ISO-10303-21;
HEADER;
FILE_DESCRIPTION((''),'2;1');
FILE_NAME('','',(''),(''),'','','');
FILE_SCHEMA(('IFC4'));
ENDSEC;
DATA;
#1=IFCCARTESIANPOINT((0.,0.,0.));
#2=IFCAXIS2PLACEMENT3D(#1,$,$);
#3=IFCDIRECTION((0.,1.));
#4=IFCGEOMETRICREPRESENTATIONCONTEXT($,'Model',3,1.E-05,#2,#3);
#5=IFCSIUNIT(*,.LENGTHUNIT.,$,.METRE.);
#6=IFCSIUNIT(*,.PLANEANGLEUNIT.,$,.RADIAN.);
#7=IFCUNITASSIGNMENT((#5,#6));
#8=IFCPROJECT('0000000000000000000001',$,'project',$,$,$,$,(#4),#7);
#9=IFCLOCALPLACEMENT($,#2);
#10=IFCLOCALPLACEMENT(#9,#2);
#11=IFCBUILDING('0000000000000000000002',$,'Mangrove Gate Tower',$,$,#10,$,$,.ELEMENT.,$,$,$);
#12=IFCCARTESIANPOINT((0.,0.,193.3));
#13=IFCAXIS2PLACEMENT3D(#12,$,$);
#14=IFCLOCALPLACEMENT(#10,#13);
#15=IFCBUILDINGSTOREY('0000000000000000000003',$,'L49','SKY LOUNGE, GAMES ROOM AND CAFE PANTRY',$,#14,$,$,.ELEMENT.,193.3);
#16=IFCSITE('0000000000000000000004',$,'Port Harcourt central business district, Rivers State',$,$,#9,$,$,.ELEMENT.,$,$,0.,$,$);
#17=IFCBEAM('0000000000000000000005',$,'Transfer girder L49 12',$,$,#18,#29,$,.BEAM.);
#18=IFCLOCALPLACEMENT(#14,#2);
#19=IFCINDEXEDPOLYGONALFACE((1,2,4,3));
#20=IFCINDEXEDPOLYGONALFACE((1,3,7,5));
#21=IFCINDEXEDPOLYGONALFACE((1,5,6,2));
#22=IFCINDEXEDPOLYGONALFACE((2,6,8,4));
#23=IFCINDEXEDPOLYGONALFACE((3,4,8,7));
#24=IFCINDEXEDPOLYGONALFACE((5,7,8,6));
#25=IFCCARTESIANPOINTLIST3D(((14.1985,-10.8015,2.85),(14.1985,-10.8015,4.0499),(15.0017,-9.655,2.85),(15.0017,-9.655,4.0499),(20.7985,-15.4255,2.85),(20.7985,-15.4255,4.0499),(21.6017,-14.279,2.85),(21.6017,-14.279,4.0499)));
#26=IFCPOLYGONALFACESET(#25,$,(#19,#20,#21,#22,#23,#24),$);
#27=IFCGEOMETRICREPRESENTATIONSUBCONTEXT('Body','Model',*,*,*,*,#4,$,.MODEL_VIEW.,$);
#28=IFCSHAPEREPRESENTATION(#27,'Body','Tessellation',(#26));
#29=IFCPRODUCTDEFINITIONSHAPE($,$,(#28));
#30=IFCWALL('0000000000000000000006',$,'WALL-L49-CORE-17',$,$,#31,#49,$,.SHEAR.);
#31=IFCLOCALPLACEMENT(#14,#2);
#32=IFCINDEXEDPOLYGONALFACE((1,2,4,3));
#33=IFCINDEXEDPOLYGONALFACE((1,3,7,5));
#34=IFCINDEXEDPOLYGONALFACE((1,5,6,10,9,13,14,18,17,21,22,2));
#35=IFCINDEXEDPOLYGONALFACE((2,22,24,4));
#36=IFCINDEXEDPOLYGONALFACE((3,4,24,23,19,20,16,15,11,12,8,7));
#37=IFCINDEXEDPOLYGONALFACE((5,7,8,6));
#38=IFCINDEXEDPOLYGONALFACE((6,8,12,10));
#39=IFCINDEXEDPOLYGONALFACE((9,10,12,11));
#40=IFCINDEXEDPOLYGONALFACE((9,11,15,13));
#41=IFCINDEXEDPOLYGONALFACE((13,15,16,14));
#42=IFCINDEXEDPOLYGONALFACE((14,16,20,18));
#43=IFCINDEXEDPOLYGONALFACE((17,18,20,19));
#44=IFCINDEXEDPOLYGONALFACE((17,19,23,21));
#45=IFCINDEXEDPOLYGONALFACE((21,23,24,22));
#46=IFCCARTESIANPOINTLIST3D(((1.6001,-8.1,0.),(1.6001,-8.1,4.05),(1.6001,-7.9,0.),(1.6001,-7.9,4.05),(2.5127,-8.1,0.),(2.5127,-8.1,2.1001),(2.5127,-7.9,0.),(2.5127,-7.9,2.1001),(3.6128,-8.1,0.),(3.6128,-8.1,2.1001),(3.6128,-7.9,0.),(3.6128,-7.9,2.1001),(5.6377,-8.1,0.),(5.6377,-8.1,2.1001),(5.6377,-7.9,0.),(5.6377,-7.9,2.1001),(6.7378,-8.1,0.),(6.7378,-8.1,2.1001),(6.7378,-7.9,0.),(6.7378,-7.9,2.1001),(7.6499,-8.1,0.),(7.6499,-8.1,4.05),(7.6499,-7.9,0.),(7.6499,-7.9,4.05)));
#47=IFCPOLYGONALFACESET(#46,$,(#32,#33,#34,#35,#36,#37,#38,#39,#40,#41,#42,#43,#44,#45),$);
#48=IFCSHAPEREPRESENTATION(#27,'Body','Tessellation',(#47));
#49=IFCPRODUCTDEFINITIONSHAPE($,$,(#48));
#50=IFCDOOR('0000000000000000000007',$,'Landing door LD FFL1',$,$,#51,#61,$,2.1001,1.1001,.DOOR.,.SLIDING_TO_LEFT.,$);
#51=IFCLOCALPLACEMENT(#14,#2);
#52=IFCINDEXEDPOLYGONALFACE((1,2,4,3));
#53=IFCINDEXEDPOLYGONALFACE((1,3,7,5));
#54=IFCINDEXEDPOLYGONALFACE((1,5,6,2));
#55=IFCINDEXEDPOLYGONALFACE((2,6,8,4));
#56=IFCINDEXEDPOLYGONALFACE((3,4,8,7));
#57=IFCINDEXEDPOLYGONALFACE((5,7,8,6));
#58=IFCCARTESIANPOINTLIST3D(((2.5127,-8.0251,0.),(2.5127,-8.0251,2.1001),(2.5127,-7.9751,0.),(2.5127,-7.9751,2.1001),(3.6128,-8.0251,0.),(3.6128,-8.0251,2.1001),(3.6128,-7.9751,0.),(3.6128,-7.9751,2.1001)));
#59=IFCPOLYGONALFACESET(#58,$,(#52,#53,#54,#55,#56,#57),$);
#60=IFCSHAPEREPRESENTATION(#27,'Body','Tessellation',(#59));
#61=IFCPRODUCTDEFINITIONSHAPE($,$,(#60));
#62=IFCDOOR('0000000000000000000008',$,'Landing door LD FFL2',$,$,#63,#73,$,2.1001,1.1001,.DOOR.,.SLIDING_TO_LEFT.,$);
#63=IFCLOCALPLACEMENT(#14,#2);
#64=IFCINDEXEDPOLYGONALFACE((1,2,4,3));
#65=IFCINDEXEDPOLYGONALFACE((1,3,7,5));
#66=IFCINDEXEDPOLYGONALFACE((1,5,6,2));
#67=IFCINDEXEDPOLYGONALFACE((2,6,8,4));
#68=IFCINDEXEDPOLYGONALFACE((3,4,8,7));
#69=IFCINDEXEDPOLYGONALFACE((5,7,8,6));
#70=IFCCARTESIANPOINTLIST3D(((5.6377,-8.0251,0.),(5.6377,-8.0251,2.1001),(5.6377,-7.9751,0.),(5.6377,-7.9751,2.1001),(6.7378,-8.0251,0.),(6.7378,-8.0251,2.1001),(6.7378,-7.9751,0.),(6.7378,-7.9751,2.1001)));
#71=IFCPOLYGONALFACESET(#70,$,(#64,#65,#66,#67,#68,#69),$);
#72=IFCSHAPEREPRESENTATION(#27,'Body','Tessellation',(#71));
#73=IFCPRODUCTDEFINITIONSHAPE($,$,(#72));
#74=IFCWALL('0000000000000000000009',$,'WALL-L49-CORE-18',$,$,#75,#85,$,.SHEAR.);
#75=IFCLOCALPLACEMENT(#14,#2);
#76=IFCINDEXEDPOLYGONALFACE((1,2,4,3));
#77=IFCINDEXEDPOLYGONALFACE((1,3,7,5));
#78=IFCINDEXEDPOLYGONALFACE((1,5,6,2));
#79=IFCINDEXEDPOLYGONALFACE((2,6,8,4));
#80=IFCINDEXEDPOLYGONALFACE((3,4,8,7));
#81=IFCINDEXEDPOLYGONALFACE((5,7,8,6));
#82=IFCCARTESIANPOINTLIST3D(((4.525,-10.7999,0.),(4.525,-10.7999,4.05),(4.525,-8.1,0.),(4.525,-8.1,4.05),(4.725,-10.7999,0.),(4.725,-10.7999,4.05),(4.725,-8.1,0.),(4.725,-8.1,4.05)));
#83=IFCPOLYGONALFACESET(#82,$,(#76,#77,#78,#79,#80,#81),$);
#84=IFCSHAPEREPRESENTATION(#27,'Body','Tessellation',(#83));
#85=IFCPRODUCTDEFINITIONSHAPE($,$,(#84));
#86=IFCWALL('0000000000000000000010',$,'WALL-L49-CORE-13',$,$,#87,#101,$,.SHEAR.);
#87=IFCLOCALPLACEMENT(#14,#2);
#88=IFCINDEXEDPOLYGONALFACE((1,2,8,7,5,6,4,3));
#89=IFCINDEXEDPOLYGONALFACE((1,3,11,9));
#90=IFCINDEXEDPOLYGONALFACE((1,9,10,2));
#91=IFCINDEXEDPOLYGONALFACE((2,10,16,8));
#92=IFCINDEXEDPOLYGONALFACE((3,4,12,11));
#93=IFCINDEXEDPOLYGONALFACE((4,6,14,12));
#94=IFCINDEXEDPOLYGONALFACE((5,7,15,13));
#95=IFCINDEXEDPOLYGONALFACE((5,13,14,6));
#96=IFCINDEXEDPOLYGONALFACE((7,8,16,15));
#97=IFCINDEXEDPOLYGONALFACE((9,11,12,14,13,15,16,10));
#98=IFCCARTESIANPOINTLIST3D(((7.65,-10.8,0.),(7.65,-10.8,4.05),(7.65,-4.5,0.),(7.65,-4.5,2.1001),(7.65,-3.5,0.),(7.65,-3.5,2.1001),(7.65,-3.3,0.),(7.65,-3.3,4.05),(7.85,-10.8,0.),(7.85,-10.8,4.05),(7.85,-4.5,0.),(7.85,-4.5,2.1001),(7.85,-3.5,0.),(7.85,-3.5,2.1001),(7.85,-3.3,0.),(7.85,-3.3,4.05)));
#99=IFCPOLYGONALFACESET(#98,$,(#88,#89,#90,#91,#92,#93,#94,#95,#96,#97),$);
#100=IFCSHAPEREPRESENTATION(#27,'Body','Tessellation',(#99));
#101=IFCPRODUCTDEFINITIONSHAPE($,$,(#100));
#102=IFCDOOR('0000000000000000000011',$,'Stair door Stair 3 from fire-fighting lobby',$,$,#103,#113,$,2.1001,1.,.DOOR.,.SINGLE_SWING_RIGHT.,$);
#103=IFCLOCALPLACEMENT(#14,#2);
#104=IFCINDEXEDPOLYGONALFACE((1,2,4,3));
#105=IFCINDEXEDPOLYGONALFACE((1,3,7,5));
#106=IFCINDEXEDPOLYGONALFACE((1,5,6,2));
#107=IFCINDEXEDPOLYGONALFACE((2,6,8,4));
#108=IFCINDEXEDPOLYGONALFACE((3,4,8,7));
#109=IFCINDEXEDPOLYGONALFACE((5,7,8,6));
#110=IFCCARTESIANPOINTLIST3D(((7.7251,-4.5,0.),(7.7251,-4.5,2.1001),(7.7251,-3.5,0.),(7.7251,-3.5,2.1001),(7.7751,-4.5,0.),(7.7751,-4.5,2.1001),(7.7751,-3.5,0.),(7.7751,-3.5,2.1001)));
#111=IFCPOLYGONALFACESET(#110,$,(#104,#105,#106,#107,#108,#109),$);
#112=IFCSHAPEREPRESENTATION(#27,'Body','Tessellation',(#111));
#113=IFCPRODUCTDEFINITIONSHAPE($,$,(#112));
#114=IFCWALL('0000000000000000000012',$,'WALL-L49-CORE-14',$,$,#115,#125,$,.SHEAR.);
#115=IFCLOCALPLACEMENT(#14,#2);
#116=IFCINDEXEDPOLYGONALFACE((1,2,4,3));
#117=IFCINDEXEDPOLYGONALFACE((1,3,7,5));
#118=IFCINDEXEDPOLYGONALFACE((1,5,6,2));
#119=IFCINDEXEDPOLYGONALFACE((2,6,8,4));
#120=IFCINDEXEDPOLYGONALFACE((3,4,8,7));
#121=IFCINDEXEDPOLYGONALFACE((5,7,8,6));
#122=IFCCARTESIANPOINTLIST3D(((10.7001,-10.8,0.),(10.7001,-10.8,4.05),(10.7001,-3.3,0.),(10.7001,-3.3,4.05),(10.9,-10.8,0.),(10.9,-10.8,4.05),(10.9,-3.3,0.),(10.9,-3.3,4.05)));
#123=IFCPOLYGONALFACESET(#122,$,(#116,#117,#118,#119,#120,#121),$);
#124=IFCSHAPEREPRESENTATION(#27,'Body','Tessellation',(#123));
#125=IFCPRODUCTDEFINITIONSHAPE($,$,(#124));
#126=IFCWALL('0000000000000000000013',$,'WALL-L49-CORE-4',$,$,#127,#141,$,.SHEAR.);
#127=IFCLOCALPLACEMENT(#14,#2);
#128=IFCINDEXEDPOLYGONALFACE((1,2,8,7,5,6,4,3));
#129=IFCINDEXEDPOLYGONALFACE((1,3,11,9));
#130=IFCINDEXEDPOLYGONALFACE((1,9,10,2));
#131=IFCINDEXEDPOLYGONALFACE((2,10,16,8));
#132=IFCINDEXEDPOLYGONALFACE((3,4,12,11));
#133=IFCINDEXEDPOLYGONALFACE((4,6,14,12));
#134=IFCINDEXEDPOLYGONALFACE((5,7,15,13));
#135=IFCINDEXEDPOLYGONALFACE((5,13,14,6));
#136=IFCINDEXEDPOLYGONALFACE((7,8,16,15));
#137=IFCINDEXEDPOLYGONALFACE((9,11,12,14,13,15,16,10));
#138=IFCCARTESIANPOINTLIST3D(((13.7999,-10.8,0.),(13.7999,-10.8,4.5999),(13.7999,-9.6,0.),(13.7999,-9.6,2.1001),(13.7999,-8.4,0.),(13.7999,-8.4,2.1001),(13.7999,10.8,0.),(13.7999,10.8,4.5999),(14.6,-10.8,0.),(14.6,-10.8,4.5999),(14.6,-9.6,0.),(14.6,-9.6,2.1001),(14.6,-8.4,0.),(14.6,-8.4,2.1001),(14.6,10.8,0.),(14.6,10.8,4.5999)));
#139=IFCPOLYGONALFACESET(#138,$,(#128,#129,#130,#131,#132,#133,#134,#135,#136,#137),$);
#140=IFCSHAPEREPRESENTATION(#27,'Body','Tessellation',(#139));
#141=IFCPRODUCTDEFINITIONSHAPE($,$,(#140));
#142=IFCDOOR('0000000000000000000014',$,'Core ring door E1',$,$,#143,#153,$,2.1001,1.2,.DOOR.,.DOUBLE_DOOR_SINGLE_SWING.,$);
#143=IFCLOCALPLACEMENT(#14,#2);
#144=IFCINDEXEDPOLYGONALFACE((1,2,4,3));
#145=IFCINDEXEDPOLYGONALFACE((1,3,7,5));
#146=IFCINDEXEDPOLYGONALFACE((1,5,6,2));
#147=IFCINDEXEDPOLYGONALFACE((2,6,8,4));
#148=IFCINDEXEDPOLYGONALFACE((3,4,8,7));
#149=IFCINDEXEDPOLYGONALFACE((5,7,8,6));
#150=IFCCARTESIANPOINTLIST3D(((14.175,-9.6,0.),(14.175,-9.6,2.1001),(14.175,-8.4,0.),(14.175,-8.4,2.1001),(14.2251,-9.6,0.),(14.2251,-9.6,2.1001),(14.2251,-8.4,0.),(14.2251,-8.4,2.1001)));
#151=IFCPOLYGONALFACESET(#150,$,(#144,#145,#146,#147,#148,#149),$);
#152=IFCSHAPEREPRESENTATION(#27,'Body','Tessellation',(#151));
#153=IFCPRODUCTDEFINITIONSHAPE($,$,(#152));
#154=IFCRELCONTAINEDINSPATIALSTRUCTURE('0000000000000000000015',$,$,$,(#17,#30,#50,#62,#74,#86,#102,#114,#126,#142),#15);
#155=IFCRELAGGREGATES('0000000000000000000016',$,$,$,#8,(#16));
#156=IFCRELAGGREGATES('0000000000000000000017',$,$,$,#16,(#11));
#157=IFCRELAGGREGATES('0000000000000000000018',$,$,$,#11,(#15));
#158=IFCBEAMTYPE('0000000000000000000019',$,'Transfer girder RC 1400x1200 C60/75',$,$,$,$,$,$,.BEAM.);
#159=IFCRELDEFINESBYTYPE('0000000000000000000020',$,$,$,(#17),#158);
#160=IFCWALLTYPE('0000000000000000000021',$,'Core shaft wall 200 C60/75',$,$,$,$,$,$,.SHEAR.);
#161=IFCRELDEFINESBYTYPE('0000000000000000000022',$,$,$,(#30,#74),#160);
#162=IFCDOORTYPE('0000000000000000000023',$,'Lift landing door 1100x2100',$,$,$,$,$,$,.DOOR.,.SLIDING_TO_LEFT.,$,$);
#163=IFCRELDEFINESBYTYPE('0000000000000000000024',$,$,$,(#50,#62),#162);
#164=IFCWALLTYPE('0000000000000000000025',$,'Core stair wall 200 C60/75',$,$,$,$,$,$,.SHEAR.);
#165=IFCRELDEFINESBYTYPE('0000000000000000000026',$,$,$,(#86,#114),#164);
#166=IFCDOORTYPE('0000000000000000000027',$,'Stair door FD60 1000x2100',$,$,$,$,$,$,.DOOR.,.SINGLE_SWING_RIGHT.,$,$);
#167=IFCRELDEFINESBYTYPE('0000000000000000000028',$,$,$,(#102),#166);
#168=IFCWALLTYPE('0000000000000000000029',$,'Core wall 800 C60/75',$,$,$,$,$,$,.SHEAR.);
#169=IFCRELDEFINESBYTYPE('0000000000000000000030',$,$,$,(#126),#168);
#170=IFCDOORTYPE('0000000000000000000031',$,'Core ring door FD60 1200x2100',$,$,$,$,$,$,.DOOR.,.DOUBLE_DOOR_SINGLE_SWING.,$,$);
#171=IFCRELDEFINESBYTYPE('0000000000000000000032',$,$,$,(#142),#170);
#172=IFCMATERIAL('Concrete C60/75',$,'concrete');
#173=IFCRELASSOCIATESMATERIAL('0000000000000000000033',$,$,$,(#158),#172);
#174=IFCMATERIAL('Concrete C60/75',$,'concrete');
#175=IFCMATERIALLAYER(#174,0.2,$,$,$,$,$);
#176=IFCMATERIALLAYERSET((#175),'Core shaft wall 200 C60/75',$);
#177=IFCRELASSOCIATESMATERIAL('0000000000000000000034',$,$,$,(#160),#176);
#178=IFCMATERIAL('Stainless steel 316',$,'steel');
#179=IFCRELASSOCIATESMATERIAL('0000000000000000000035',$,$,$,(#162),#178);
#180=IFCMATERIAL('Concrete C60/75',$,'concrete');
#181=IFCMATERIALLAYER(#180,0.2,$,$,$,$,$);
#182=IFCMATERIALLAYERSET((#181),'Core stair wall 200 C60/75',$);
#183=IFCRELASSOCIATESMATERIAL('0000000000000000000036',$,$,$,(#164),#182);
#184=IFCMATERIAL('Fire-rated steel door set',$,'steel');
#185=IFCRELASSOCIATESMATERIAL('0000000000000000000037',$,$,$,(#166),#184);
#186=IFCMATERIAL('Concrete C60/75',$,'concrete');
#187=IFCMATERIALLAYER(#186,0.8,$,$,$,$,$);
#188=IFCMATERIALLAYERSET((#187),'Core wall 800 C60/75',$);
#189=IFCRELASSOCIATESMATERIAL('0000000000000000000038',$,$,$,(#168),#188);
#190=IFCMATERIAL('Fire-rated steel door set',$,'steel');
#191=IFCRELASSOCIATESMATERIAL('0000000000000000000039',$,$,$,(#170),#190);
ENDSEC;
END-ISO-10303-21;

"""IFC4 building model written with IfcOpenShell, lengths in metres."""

from ifc_helpers import new_model, si_unit, direction, frame, frame_2d, origin, origin_2d, place, context, subcontext, project, spatial, rectangle, extrude, material, layer, layer_set, material_profile, profile_set, type_object, element, fill, save


model = new_model("IFC4")

# Units and contexts
model_context = context("Model", 3, precision=1e-05, world=origin(), true_north=direction((0.0, 1.0)))
body_context = subcontext(model_context, "Body", "Model", "MODEL_VIEW")
ifc_project = project(units=[si_unit("LENGTHUNIT", "METRE"), si_unit("PLANEANGLEUNIT", "RADIAN")], contexts=[model_context])

# Site, building, storey
site_placement = place(None, origin())
site = spatial("IfcSite", under=ifc_project, at=site_placement, Name="Port Harcourt central business district, Rivers State", CompositionType="ELEMENT", RefElevation=0.0)
building_placement = place(site_placement, origin())
building = spatial("IfcBuilding", under=site, at=building_placement, Name="Mangrove Gate Tower", CompositionType="ELEMENT")
storey_placement = place(building_placement, frame((0.0, 0.0, 193.3)))
storey = spatial("IfcBuildingStorey", under=building, at=storey_placement, Name="L49", Description="SKY LOUNGE, GAMES ROOM AND CAFE PANTRY", CompositionType="ELEMENT", Elevation=193.3)

# Beam
ifc_material_1 = material(Name="Concrete C60/75", Category="concrete")
ifc_material_profile = material_profile(ifc_material_1, rectangle(XDim=1.3999, YDim=1.2, at=origin_2d()))
ifc_profile_set = profile_set([ifc_material_profile], Name="Concrete C60/75")
beam_type = type_object("IfcBeamType", Name="Transfer girder RC 1400x1200 C60/75", PredefinedType="BEAM", material=ifc_profile_set)
beam_placement = place(storey_placement, frame((14.6001, -10.2283, 3.45), z_axis=(0.819001, -0.573792, 0.0), x_axis=(0.573792, 0.819001, 0.0)))
element("IfcBeam", 1, at=beam_placement, inside=storey, type_object=beam_type, Name="Transfer girder L49 12", PredefinedType="BEAM", context=body_context, shape_type="SweptSolid", body=[
    extrude(rectangle(XDim=1.3999, YDim=1.2, at=origin_2d()), origin(), (0.0, 0.0, 1.0), 8.0586),
])

# Wall, openings, doors
ifc_material_2 = material(Name="Concrete C60/75", Category="concrete")
ifc_layer_1 = layer(ifc_material_2, 0.2)
ifc_layer_set_1 = layer_set([ifc_layer_1], Name="Core shaft wall 200 C60/75")
wall_type_1 = type_object("IfcWallType", Name="Core shaft wall 200 C60/75", PredefinedType="SHEAR", material=ifc_layer_set_1)
wall_1_placement = place(storey_placement, frame((1.6001, -8.0, 0.0), z_axis=(0.0, 0.0, 1.0), x_axis=(1.0, 0.0, 0.0)))
wall_1 = element("IfcWall", 2, at=wall_1_placement, inside=storey, type_object=wall_type_1, Name="WALL-L49-CORE-17", PredefinedType="SHEAR", context=body_context, shape_type="SweptSolid", body=[
    extrude(rectangle(XDim=6.0498, YDim=0.2, at=frame_2d((3.0249, 0.0))), origin(), (0.0, 0.0, 1.0), 4.05),
])
opening_1_placement = place(wall_1_placement, frame((0.9126, 0.0, 0.0)))
opening_1 = element("IfcOpeningElement", 3, at=opening_1_placement, cuts=wall_1, PredefinedType="OPENING", context=body_context, shape_type="SweptSolid", body=[
    extrude(rectangle(XDim=1.1001, YDim=2.1001, at=frame_2d((0.55, 1.05))), frame((0.0, 0.1099, 0.0), z_axis=(0.0, -1.0, 0.0), x_axis=(1.0, 0.0, 0.0)), (0.0, 0.0, 1.0), 0.22),
])
opening_2_placement = place(wall_1_placement, frame((4.0376, 0.0, 0.0)))
opening_2 = element("IfcOpeningElement", 4, at=opening_2_placement, cuts=wall_1, PredefinedType="OPENING", context=body_context, shape_type="SweptSolid", body=[
    extrude(rectangle(XDim=1.1001, YDim=2.1001, at=frame_2d((0.55, 1.05))), frame((0.0, 0.1099, 0.0), z_axis=(0.0, -1.0, 0.0), x_axis=(1.0, 0.0, 0.0)), (0.0, 0.0, 1.0), 0.22),
])
ifc_material_3 = material(Name="Stainless steel 316", Category="steel")
door_type_1 = type_object("IfcDoorType", Name="Lift landing door 1100x2100", OperationType="SLIDING_TO_LEFT", PredefinedType="DOOR", material=ifc_material_3)
door_1_placement = place(opening_1_placement, origin())
door_1 = element("IfcDoor", 5, at=door_1_placement, inside=storey, type_object=door_type_1, Name="Landing door LD FFL1", OperationType="SLIDING_TO_LEFT", OverallHeight=2.1001, OverallWidth=1.1001, PredefinedType="DOOR", context=body_context, shape_type="SweptSolid", body=[
    extrude(rectangle(XDim=1.1001, YDim=2.1001, at=frame_2d((0.55, 1.05))), frame((0.0, 0.0249, 0.0), z_axis=(0.0, -1.0, 0.0), x_axis=(1.0, 0.0, 0.0)), (0.0, 0.0, 1.0), 0.05),
])
fill(opening_1, door_1)
door_2_placement = place(opening_2_placement, origin())
door_2 = element("IfcDoor", 6, at=door_2_placement, inside=storey, type_object=door_type_1, Name="Landing door LD FFL2", OperationType="SLIDING_TO_LEFT", OverallHeight=2.1001, OverallWidth=1.1001, PredefinedType="DOOR", context=body_context, shape_type="SweptSolid", body=[
    extrude(rectangle(XDim=1.1001, YDim=2.1001, at=frame_2d((0.55, 1.05))), frame((0.0, 0.0249, 0.0), z_axis=(0.0, -1.0, 0.0), x_axis=(1.0, 0.0, 0.0)), (0.0, 0.0, 1.0), 0.05),
])
fill(opening_2, door_2)

# Wall
wall_2_placement = place(storey_placement, frame((4.625, -10.8, 0.0), z_axis=(0.0, 0.0, 1.0), x_axis=(0.0, 1.0, 0.0)))
element("IfcWall", 7, at=wall_2_placement, inside=storey, type_object=wall_type_1, Name="WALL-L49-CORE-18", PredefinedType="SHEAR", context=body_context, shape_type="SweptSolid", body=[
    extrude(rectangle(XDim=2.7, YDim=0.2, at=frame_2d((1.3501, 0.0))), origin(), (0.0, 0.0, 1.0), 4.05),
])

# Wall, opening, door
ifc_material_4 = material(Name="Concrete C60/75", Category="concrete")
ifc_layer_2 = layer(ifc_material_4, 0.2)
ifc_layer_set_2 = layer_set([ifc_layer_2], Name="Core stair wall 200 C60/75")
wall_type_2 = type_object("IfcWallType", Name="Core stair wall 200 C60/75", PredefinedType="SHEAR", material=ifc_layer_set_2)
wall_3_placement = place(storey_placement, frame((7.75, -10.8, 0.0), z_axis=(0.0, 0.0, 1.0), x_axis=(0.0, 1.0, 0.0)))
wall_3 = element("IfcWall", 8, at=wall_3_placement, inside=storey, type_object=wall_type_2, Name="WALL-L49-CORE-13", PredefinedType="SHEAR", context=body_context, shape_type="SweptSolid", body=[
    extrude(rectangle(XDim=7.5, YDim=0.2, at=frame_2d((3.75, 0.0))), origin(), (0.0, 0.0, 1.0), 4.05),
])
opening_3_placement = place(wall_3_placement, frame((6.3, 0.0, 0.0)))
opening_3 = element("IfcOpeningElement", 9, at=opening_3_placement, cuts=wall_3, PredefinedType="OPENING", context=body_context, shape_type="SweptSolid", body=[
    extrude(rectangle(XDim=1.0, YDim=2.1001, at=frame_2d((0.5, 1.05))), frame((0.0, 0.1099, 0.0), z_axis=(0.0, -1.0, 0.0), x_axis=(1.0, 0.0, 0.0)), (0.0, 0.0, 1.0), 0.22),
])
ifc_material_5 = material(Name="Fire-rated steel door set", Category="steel")
door_type_2 = type_object("IfcDoorType", Name="Stair door FD60 1000x2100", OperationType="SINGLE_SWING_RIGHT", PredefinedType="DOOR", material=ifc_material_5)
door_3_placement = place(opening_3_placement, origin())
door_3 = element("IfcDoor", 10, at=door_3_placement, inside=storey, type_object=door_type_2, Name="Stair door Stair 3 from fire-fighting lobby", OperationType="SINGLE_SWING_RIGHT", OverallHeight=2.1001, OverallWidth=1.0, PredefinedType="DOOR", context=body_context, shape_type="SweptSolid", body=[
    extrude(rectangle(XDim=1.0, YDim=2.1001, at=frame_2d((0.5, 1.05))), frame((0.0, 0.0249, 0.0), z_axis=(0.0, -1.0, 0.0), x_axis=(1.0, 0.0, 0.0)), (0.0, 0.0, 1.0), 0.05),
])
fill(opening_3, door_3)

# Wall
wall_4_placement = place(storey_placement, frame((10.8, -10.8, 0.0), z_axis=(0.0, 0.0, 1.0), x_axis=(0.0, 1.0, 0.0)))
element("IfcWall", 11, at=wall_4_placement, inside=storey, type_object=wall_type_2, Name="WALL-L49-CORE-14", PredefinedType="SHEAR", context=body_context, shape_type="SweptSolid", body=[
    extrude(rectangle(XDim=7.5, YDim=0.2, at=frame_2d((3.75, 0.0))), origin(), (0.0, 0.0, 1.0), 4.05),
])

# Wall, opening, door
ifc_material_6 = material(Name="Concrete C60/75", Category="concrete")
ifc_layer_3 = layer(ifc_material_6, 0.8)
ifc_layer_set_3 = layer_set([ifc_layer_3], Name="Core wall 800 C60/75")
wall_type_3 = type_object("IfcWallType", Name="Core wall 800 C60/75", PredefinedType="SHEAR", material=ifc_layer_set_3)
wall_5_placement = place(storey_placement, frame((14.2, -10.8, 0.0), z_axis=(0.0, 0.0, 1.0), x_axis=(0.0, 1.0, 0.0)))
wall_5 = element("IfcWall", 12, at=wall_5_placement, inside=storey, type_object=wall_type_3, Name="WALL-L49-CORE-4", PredefinedType="SHEAR", context=body_context, shape_type="SweptSolid", body=[
    extrude(rectangle(XDim=21.6001, YDim=0.8, at=frame_2d((10.8, 0.0))), origin(), (0.0, 0.0, 1.0), 4.5999),
])
opening_4_placement = place(wall_5_placement, frame((1.2, 0.0, 0.0)))
opening_4 = element("IfcOpeningElement", 13, at=opening_4_placement, cuts=wall_5, PredefinedType="OPENING", context=body_context, shape_type="SweptSolid", body=[
    extrude(rectangle(XDim=1.2, YDim=2.1001, at=frame_2d((0.6001, 1.05))), frame((0.0, 0.4099, 0.0), z_axis=(0.0, -1.0, 0.0), x_axis=(1.0, 0.0, 0.0)), (0.0, 0.0, 1.0), 0.8201),
])
ifc_material_7 = material(Name="Fire-rated steel door set", Category="steel")
door_type_3 = type_object("IfcDoorType", Name="Core ring door FD60 1200x2100", OperationType="DOUBLE_DOOR_SINGLE_SWING", PredefinedType="DOOR", material=ifc_material_7)
door_4_placement = place(opening_4_placement, origin())
door_4 = element("IfcDoor", 14, at=door_4_placement, inside=storey, type_object=door_type_3, Name="Core ring door E1", OperationType="DOUBLE_DOOR_SINGLE_SWING", OverallHeight=2.1001, OverallWidth=1.2, PredefinedType="DOOR", context=body_context, shape_type="SweptSolid", body=[
    extrude(rectangle(XDim=1.2, YDim=2.1001, at=frame_2d((0.6001, 1.05))), frame((0.0, 0.0249, 0.0), z_axis=(0.0, -1.0, 0.0), x_axis=(1.0, 0.0, 0.0)), (0.0, 0.0, 1.0), 0.05),
])
fill(opening_4, door_4)

save(model, "model.ifc")
